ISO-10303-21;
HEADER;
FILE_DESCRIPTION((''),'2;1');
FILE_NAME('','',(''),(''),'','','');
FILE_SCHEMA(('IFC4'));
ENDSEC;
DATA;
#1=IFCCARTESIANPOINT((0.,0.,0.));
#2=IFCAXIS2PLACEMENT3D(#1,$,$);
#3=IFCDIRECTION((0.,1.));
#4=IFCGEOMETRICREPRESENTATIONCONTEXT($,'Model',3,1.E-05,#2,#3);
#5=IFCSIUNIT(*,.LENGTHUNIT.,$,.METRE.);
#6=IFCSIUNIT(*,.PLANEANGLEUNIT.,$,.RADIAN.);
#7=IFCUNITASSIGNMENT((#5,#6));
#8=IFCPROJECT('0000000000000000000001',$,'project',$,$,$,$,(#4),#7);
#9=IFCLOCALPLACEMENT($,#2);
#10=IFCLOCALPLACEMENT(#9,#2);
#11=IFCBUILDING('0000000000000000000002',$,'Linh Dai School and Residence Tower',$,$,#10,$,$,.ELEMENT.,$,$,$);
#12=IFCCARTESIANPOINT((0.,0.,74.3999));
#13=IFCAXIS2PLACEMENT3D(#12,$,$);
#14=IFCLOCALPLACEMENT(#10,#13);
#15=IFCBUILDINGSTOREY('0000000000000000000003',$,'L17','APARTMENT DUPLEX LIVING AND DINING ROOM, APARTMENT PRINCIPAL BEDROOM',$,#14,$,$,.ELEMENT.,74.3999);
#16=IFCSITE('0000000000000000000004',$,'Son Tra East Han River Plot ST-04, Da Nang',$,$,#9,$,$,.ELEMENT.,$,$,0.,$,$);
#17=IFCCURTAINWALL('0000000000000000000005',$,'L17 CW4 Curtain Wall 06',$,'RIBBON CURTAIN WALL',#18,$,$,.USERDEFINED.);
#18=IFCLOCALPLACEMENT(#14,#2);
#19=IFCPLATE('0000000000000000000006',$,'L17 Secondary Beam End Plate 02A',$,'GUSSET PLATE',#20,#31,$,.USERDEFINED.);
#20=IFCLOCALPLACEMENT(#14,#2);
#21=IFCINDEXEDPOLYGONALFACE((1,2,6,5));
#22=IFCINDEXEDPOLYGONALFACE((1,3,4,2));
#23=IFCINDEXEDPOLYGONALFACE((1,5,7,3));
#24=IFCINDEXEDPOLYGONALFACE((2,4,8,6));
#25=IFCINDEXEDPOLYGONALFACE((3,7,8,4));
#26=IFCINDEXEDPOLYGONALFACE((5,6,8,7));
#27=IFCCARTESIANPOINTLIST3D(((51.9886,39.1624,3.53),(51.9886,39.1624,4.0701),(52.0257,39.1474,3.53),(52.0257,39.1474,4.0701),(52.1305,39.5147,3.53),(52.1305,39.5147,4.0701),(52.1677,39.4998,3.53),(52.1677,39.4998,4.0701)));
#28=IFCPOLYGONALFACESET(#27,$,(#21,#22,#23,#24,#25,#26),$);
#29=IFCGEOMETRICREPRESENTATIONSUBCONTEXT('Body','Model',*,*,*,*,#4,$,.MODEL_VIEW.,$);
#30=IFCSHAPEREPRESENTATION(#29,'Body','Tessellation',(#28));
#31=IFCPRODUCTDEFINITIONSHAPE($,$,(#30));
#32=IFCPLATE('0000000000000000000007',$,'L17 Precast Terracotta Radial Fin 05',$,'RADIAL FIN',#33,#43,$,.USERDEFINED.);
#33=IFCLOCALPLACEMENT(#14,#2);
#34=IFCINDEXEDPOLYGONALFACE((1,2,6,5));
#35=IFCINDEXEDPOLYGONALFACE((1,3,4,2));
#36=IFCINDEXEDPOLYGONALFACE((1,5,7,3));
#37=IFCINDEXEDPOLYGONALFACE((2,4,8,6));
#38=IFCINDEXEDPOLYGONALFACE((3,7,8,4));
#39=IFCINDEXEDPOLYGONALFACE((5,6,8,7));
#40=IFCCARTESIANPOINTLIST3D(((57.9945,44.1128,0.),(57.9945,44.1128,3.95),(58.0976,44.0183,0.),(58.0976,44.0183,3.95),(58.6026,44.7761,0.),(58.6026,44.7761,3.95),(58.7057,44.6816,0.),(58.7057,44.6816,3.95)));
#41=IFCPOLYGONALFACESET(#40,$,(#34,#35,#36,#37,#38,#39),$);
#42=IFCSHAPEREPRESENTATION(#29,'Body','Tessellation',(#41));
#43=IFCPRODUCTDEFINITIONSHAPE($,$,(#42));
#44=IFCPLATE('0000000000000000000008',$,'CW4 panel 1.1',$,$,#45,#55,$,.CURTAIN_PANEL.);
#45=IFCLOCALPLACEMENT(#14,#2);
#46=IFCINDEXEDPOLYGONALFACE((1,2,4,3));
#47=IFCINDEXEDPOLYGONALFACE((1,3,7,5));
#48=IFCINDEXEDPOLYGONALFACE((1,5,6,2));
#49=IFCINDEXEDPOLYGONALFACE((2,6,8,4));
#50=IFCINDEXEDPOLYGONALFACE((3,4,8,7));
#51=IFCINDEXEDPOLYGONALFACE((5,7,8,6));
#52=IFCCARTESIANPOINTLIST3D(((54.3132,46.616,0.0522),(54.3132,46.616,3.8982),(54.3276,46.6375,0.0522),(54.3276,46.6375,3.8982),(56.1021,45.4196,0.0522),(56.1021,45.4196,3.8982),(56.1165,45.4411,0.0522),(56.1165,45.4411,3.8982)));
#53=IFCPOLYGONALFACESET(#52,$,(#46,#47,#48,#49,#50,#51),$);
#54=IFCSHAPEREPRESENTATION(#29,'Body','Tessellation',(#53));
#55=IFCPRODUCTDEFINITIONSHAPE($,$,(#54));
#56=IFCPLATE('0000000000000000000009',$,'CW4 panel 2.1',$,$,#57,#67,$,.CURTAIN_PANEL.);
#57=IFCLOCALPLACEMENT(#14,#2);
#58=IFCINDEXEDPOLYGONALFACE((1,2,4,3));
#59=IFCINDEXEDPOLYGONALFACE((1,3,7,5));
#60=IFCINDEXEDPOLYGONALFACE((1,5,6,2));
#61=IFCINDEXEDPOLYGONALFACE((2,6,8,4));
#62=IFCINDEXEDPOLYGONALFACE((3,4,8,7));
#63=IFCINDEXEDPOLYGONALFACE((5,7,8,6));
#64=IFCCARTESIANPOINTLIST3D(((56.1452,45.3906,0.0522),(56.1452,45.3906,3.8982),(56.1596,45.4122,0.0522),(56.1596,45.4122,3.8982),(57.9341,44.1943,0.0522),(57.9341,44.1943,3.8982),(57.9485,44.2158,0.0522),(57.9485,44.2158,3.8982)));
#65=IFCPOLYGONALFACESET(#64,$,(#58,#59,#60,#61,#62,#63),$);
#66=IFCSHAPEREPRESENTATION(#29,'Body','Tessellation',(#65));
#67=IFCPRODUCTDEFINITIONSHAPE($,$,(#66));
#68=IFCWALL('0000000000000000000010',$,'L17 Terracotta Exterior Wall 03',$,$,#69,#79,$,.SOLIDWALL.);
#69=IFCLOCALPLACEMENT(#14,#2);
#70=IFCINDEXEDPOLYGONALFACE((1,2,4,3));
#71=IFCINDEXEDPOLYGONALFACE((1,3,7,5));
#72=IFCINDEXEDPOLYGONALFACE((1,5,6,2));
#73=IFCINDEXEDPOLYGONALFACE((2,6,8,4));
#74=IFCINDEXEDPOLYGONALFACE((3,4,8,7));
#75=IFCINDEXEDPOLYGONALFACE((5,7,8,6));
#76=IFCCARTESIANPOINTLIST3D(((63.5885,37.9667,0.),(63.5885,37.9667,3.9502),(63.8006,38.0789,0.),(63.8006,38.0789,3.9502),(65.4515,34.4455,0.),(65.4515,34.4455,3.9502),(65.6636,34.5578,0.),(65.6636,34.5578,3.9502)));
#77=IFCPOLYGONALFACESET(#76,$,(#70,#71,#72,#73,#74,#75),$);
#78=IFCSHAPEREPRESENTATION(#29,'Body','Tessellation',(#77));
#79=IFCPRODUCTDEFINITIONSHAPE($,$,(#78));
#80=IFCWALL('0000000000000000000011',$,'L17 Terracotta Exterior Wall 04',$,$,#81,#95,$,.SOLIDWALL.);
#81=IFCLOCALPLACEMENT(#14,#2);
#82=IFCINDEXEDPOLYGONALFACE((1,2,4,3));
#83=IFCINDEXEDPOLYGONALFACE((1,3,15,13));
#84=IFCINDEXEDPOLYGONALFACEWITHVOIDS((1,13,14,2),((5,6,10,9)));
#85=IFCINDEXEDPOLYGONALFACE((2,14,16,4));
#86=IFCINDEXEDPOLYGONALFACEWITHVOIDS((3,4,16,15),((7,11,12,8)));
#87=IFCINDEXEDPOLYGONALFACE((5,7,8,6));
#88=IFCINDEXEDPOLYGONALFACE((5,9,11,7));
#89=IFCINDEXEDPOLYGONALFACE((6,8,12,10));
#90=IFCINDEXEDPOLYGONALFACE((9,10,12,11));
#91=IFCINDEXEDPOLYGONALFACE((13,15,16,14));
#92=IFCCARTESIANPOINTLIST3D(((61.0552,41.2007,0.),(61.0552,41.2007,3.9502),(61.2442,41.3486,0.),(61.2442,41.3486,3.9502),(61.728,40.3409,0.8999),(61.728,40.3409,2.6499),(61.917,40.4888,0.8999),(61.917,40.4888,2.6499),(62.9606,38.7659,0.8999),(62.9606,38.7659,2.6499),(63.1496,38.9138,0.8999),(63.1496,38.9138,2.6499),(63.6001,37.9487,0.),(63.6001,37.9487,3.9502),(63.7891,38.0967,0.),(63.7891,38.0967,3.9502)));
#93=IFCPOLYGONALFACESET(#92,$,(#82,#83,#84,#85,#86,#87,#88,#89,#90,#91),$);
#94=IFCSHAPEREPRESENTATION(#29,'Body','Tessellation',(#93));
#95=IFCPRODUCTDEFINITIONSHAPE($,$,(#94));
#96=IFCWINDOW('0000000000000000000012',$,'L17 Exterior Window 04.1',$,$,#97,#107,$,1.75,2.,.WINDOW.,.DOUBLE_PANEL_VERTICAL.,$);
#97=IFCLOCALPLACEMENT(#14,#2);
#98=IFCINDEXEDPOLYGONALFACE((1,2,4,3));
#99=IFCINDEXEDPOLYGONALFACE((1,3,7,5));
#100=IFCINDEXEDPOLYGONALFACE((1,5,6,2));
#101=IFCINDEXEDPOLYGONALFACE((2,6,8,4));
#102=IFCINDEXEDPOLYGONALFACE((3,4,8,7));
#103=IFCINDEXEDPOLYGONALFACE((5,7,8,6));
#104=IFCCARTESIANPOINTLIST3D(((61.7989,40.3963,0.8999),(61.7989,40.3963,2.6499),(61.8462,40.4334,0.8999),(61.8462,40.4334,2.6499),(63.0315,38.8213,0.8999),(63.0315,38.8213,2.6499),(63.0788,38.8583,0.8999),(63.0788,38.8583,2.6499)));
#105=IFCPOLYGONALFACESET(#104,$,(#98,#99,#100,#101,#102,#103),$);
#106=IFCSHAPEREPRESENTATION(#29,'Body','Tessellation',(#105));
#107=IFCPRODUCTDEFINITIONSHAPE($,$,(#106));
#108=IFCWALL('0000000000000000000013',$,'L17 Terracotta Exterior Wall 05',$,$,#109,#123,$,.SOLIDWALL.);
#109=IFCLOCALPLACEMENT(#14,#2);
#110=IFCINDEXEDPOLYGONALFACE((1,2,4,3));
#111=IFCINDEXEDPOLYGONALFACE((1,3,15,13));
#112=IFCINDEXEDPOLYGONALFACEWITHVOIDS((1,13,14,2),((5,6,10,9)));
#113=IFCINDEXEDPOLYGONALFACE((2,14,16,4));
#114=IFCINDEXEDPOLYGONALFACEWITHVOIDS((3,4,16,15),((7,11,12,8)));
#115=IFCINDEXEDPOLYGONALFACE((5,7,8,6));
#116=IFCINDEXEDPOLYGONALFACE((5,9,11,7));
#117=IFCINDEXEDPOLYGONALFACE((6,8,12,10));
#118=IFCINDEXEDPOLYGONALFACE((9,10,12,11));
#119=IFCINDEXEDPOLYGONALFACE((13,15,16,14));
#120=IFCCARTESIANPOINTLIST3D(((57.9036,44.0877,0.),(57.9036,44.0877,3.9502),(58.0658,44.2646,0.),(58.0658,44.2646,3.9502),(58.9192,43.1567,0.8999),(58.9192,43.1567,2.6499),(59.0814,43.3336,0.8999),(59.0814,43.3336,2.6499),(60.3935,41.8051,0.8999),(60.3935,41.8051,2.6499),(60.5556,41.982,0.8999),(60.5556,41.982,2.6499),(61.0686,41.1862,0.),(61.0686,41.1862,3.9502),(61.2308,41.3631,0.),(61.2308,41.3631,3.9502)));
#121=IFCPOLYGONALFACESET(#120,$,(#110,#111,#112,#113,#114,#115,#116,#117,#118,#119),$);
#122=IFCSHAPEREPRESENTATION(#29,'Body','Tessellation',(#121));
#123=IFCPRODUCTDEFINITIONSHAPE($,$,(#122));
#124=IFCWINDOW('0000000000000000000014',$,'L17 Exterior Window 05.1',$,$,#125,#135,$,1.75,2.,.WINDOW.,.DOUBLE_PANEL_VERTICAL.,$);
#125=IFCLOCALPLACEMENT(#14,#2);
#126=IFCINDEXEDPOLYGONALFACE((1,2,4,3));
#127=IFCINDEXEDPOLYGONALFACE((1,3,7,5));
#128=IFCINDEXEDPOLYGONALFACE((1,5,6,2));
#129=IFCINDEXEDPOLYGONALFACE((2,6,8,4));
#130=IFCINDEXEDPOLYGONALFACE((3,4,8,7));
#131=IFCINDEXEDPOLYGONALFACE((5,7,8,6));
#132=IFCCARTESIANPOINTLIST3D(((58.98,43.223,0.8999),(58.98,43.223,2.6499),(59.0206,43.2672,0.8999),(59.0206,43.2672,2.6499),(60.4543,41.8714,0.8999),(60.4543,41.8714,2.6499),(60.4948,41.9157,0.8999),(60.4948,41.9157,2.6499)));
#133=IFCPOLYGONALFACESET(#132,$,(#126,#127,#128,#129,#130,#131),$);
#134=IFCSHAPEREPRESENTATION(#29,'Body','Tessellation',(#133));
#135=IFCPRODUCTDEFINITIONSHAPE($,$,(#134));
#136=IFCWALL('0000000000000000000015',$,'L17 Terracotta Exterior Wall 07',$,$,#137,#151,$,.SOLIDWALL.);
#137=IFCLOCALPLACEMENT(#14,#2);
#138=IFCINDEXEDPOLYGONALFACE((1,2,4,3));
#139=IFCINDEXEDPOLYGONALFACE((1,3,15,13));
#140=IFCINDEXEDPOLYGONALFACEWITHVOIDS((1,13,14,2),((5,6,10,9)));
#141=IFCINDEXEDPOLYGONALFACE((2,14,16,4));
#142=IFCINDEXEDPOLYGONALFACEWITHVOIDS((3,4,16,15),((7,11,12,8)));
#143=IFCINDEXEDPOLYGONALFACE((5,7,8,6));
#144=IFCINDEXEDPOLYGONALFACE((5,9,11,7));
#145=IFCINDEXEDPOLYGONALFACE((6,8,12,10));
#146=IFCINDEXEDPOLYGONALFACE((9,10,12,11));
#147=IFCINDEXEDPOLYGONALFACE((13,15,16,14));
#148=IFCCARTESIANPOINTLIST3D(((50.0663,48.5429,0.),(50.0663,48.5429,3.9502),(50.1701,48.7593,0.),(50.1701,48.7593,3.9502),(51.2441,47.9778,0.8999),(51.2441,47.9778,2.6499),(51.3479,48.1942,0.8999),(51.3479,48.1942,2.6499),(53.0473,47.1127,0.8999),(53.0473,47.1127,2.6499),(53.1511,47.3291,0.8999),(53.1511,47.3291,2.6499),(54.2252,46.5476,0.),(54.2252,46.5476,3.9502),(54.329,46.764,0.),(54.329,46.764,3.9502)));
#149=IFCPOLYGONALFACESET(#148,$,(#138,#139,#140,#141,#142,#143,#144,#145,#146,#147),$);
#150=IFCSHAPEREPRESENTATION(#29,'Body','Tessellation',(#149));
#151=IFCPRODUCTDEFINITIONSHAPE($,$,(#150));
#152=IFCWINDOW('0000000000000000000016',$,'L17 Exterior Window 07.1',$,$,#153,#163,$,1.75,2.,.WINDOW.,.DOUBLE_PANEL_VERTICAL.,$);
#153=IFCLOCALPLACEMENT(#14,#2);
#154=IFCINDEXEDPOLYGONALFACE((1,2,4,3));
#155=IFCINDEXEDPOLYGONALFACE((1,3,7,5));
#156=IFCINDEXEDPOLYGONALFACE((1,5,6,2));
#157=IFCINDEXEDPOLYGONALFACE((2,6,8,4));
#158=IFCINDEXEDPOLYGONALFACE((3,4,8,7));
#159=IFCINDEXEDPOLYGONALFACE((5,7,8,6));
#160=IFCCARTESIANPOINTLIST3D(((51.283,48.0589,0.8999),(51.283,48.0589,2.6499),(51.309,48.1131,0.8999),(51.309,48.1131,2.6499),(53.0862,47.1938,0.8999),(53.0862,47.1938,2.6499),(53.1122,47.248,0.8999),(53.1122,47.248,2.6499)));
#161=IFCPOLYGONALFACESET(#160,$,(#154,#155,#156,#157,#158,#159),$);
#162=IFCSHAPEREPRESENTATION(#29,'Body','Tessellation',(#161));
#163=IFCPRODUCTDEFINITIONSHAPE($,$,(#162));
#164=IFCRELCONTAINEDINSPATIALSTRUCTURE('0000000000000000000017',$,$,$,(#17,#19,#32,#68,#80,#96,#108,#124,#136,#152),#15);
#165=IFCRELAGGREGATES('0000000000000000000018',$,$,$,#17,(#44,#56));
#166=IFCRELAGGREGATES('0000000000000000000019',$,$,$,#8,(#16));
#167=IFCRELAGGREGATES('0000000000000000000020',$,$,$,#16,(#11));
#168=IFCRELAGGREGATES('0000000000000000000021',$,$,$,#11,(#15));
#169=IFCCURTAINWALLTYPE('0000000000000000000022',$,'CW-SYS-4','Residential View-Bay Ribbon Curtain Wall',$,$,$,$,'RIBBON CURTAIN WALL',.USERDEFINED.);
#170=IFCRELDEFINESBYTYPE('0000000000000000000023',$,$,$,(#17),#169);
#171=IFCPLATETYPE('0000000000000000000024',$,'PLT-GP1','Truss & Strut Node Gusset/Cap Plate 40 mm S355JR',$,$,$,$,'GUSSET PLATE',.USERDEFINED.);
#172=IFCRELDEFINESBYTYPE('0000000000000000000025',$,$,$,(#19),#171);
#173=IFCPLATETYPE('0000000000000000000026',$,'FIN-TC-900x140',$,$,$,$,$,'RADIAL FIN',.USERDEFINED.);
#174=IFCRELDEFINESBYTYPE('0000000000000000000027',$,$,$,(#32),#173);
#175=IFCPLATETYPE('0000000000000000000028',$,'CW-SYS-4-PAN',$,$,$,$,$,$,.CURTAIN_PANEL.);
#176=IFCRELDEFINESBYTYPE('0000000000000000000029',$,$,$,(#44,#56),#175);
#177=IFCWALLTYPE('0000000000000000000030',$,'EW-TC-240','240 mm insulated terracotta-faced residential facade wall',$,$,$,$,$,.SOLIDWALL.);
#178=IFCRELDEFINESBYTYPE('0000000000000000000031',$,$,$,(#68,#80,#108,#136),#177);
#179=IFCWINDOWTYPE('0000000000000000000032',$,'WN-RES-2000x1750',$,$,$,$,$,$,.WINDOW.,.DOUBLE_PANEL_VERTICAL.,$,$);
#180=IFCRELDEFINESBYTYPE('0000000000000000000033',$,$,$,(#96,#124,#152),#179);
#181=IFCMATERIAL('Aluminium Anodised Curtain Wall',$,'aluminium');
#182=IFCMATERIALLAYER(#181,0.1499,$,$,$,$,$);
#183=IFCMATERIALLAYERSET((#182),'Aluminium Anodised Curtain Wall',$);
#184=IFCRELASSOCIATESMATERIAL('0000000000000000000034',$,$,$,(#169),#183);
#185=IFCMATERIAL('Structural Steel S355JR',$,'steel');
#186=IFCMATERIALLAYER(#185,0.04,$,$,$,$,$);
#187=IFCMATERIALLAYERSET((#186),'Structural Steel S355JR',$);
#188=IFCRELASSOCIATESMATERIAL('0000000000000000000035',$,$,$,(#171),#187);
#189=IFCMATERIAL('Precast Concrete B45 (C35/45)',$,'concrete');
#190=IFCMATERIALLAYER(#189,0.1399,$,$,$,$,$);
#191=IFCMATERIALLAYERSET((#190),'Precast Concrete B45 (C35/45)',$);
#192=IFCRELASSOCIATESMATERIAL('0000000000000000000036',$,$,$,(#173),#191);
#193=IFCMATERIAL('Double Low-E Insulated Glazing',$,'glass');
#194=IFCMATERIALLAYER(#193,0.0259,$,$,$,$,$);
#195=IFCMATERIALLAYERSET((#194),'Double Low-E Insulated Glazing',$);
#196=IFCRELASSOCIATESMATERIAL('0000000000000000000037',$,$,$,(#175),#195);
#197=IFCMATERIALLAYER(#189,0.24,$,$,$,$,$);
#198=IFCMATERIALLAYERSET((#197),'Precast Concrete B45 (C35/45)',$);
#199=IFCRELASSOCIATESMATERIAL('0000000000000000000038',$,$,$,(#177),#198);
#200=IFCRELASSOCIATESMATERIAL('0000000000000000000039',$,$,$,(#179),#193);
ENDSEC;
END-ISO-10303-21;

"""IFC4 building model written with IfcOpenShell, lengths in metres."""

from ifc_helpers import new_model, si_unit, direction, frame, frame_2d, origin, origin_2d, place, context, subcontext, project, spatial, rectangle, extrude, source, transform, mapped, material, layer, layer_set, type_object, element, fill, aggregate, save


model = new_model("IFC4")

# Units and contexts
model_context = context("Model", 3, precision=1e-05, world=origin(), true_north=direction((0.0, 1.0)))
body_context = subcontext(model_context, "Body", "Model", "MODEL_VIEW")
ifc_project = project(units=[si_unit("LENGTHUNIT", "METRE"), si_unit("PLANEANGLEUNIT", "RADIAN")], contexts=[model_context])

# Site, building, storey
site_placement = place(None, origin())
site = spatial("IfcSite", under=ifc_project, at=site_placement, Name="Son Tra East Han River Plot ST-04, Da Nang", CompositionType="ELEMENT", RefElevation=0.0)
building_placement = place(site_placement, origin())
building = spatial("IfcBuilding", under=site, at=building_placement, Name="Linh Dai School and Residence Tower", CompositionType="ELEMENT")
storey_placement = place(building_placement, frame((0.0, 0.0, 74.3999)))
storey = spatial("IfcBuildingStorey", under=building, at=storey_placement, Name="L17", Description="APARTMENT DUPLEX LIVING AND DINING ROOM, APARTMENT PRINCIPAL BEDROOM", CompositionType="ELEMENT", Elevation=74.3999)

# Shared definitions
ifc_material_1 = material(Name="Structural Steel S355JR", Category="steel")

# Curtain wall
ifc_material_2 = material(Name="Aluminium Anodised Curtain Wall", Category="aluminium")
ifc_layer_1 = layer(ifc_material_2, 0.1499)
ifc_layer_set_1 = layer_set([ifc_layer_1], Name="Aluminium Anodised Curtain Wall")
curtain_wall_type = type_object("IfcCurtainWallType", Name="CW-SYS-4", Description="Residential View-Bay Ribbon Curtain Wall", ElementType="RIBBON CURTAIN WALL", PredefinedType="USERDEFINED", material=ifc_layer_set_1)
curtain_wall_placement = place(storey_placement, origin())
curtain_wall = element("IfcCurtainWall", 1, at=curtain_wall_placement, inside=storey, type_object=curtain_wall_type, Name="L17 CW4 Curtain Wall 06", ObjectType="RIBBON CURTAIN WALL", PredefinedType="USERDEFINED")

# Plates
ifc_layer_2 = layer(ifc_material_1, 0.04)
ifc_layer_set_2 = layer_set([ifc_layer_2], Name="Structural Steel S355JR")
plate_type_1 = type_object("IfcPlateType", Name="PLT-GP1", Description="Truss & Strut Node Gusset/Cap Plate 40 mm S355JR", ElementType="GUSSET PLATE", PredefinedType="USERDEFINED", material=ifc_layer_set_2)
shared_shape_1 = source(origin(), body_context, "Body", "SweptSolid", [
    extrude(rectangle(XDim=0.04, YDim=0.3799, at=origin_2d()), origin(), (0.0, 0.0, 1.0), 0.54),
])
plate_1_placement = place(storey_placement, frame((52.0781, 39.3311, 3.53), z_axis=(0.0, 0.0, 1.0), x_axis=(-0.927536, 0.373733, 0.0)))
element("IfcPlate", 2, at=plate_1_placement, inside=storey, type_object=plate_type_1, Name="L17 Secondary Beam End Plate 02A", ObjectType="GUSSET PLATE", PredefinedType="USERDEFINED", context=body_context, shape_type="MappedRepresentation", body=[
    mapped(shared_shape_1, transform((0.0, 0.0, 0.0), x_axis=(1.0, 0.0, 0.0), y_axis=(0.0, 1.0, 0.0), z_axis=(0.0, 0.0, 1.0), scale=1.0)),
])
ifc_material_3 = material(Name="Precast Concrete B45 (C35/45)", Category="concrete")
ifc_layer_3 = layer(ifc_material_3, 0.1399)
ifc_layer_set_3 = layer_set([ifc_layer_3], Name="Precast Concrete B45 (C35/45)")
plate_type_2 = type_object("IfcPlateType", Name="FIN-TC-900x140", ElementType="RADIAL FIN", PredefinedType="USERDEFINED", material=ifc_layer_set_3)
shared_shape_2 = source(origin(), body_context, "Body", "SweptSolid", [
    extrude(rectangle(XDim=0.8999, YDim=0.1399, at=origin_2d()), origin(), (0.0, 0.0, 1.0), 3.95),
])
plate_2_placement = place(storey_placement, frame((58.3501, 44.3972, 0.0), z_axis=(0.0, 0.0, 1.0), x_axis=(0.675769, 0.737113, 0.0)))
element("IfcPlate", 3, at=plate_2_placement, inside=storey, type_object=plate_type_2, Name="L17 Precast Terracotta Radial Fin 05", ObjectType="RADIAL FIN", PredefinedType="USERDEFINED", context=body_context, shape_type="MappedRepresentation", body=[
    mapped(shared_shape_2, transform((0.0, 0.0, 0.0), x_axis=(1.0, 0.0, 0.0), y_axis=(0.0, 1.0, 0.0), z_axis=(0.0, 0.0, 1.0), scale=1.0)),
])

# Plates
ifc_material_4 = material(Name="Double Low-E Insulated Glazing", Category="glass")
ifc_layer_4 = layer(ifc_material_4, 0.0259)
ifc_layer_set_4 = layer_set([ifc_layer_4], Name="Double Low-E Insulated Glazing")
plate_type_3 = type_object("IfcPlateType", Name="CW-SYS-4-PAN", PredefinedType="CURTAIN_PANEL", material=ifc_layer_set_4)
shared_shape_3 = source(origin(), body_context, "Body", "SweptSolid", [
    extrude(rectangle(XDim=2.1521, YDim=0.0259, at=origin_2d()), origin(), (0.0, 0.0, 1.0), 3.8459),
])
plate_3_placement = place(storey_placement, frame((55.2148, 46.0286, 0.0522), z_axis=(0.0, 0.0, 1.0), x_axis=(0.831251, -0.555898, 0.0)))
plate_3 = element("IfcPlate", 4, at=plate_3_placement, type_object=plate_type_3, Name="CW4 panel 1.1", PredefinedType="CURTAIN_PANEL", context=body_context, shape_type="MappedRepresentation", body=[
    mapped(shared_shape_3, transform((0.0, 0.0, 0.0), x_axis=(1.0, 0.0, 0.0), y_axis=(0.0, 1.0, 0.0), z_axis=(0.0, 0.0, 1.0), scale=1.0)),
])
plate_4_placement = place(storey_placement, frame((57.0469, 44.8032, 0.0522), z_axis=(0.0, 0.0, 1.0), x_axis=(0.831251, -0.555898, 0.0)))
plate_4 = element("IfcPlate", 5, at=plate_4_placement, type_object=plate_type_3, Name="CW4 panel 2.1", PredefinedType="CURTAIN_PANEL", context=body_context, shape_type="MappedRepresentation", body=[
    mapped(shared_shape_3, transform((0.0, 0.0, 0.0), x_axis=(1.0, 0.0, 0.0), y_axis=(0.0, 1.0, 0.0), z_axis=(0.0, 0.0, 1.0), scale=1.0)),
])
aggregate(curtain_wall, [plate_3, plate_4])

# Wall
ifc_layer_5 = layer(ifc_material_3, 0.24)
ifc_layer_set_5 = layer_set([ifc_layer_5], Name="Precast Concrete B45 (C35/45)")
wall_type_1 = type_object("IfcWallType", Name="EW-TC-240", Description="240 mm insulated terracotta-faced residential facade wall", PredefinedType="SOLIDWALL", material=ifc_layer_set_5)
wall_1_placement = place(storey_placement, frame((63.6946, 38.0227, 0.0), z_axis=(0.0, 0.0, 1.0), x_axis=(0.467662, -0.883907, 0.0)))
element("IfcWall", 6, at=wall_1_placement, inside=storey, type_object=wall_type_1, Name="L17 Terracotta Exterior Wall 03", PredefinedType="SOLIDWALL", context=body_context, shape_type="SweptSolid", body=[
    extrude(rectangle(XDim=3.9836, YDim=0.24, at=frame_2d((1.9917, 0.0))), origin(), (0.0, 0.0, 1.0), 3.9502),
])

# Walls, openings, windows
wall_2_placement = place(storey_placement, frame((61.1497, 41.2747, 0.0), z_axis=(0.0, 0.0, 1.0), x_axis=(0.616296, -0.787515, 0.0)))
wall_2 = element("IfcWall", 7, at=wall_2_placement, inside=storey, type_object=wall_type_1, Name="L17 Terracotta Exterior Wall 04", PredefinedType="SOLIDWALL", context=body_context, shape_type="SweptSolid", body=[
    extrude(rectangle(XDim=4.1294, YDim=0.24, at=frame_2d((2.0647, 0.0))), origin(), (0.0, 0.0, 1.0), 3.9502),
])
opening_1_placement = place(wall_2_placement, frame((1.0918, 0.0, 0.8999)))
opening_1 = element("IfcOpeningElement", 8, at=opening_1_placement, cuts=wall_2, PredefinedType="OPENING", context=body_context, shape_type="SweptSolid", body=[
    extrude(rectangle(XDim=2.0, YDim=1.75, at=origin_2d()), frame((1.0, 0.1299, 0.875), z_axis=(0.0, -1.0, 0.0), x_axis=(1.0, 0.0, 0.0)), (0.0, 0.0, 1.0), 0.26),
])
window_type = type_object("IfcWindowType", Name="WN-RES-2000x1750", PartitioningType="DOUBLE_PANEL_VERTICAL", PredefinedType="WINDOW", material=ifc_material_4)
shared_shape_4 = source(origin(), body_context, "Body", "SweptSolid", [
    extrude(rectangle(XDim=2.0, YDim=1.75, at=origin_2d()), frame((1.0, 0.03, 0.875), z_axis=(0.0, -1.0, 0.0), x_axis=(1.0, 0.0, 0.0)), (0.0, 0.0, 1.0), 0.0601),
])
window_1_placement = place(opening_1_placement, origin())
window_1 = element("IfcWindow", 9, at=window_1_placement, inside=storey, type_object=window_type, Name="L17 Exterior Window 04.1", OverallHeight=1.75, OverallWidth=2.0, PartitioningType="DOUBLE_PANEL_VERTICAL", PredefinedType="WINDOW", context=body_context, shape_type="MappedRepresentation", body=[
    mapped(shared_shape_4, transform((0.0, 0.0, 0.0), x_axis=(1.0, 0.0, 0.0), y_axis=(0.0, 1.0, 0.0), z_axis=(0.0, 0.0, 1.0), scale=1.0)),
])
fill(opening_1, window_1)
wall_3_placement = place(storey_placement, frame((57.9846, 44.1763, 0.0), z_axis=(0.0, 0.0, 1.0), x_axis=(0.737116, -0.675766, 0.0)))
wall_3 = element("IfcWall", 10, at=wall_3_placement, inside=storey, type_object=wall_type_1, Name="L17 Terracotta Exterior Wall 05", PredefinedType="SOLIDWALL", context=body_context, shape_type="SweptSolid", body=[
    extrude(rectangle(XDim=4.2937, YDim=0.24, at=frame_2d((2.147, 0.0))), origin(), (0.0, 0.0, 1.0), 3.9502),
])
opening_2_placement = place(wall_3_placement, frame((1.3779, 0.0, 0.8999)))
opening_2 = element("IfcOpeningElement", 11, at=opening_2_placement, cuts=wall_3, PredefinedType="OPENING", context=body_context, shape_type="SweptSolid", body=[
    extrude(rectangle(XDim=2.0, YDim=1.75, at=origin_2d()), frame((1.0, 0.1299, 0.875), z_axis=(0.0, -1.0, 0.0), x_axis=(1.0, 0.0, 0.0)), (0.0, 0.0, 1.0), 0.26),
])
window_2_placement = place(opening_2_placement, origin())
window_2 = element("IfcWindow", 12, at=window_2_placement, inside=storey, type_object=window_type, Name="L17 Exterior Window 05.1", OverallHeight=1.75, OverallWidth=2.0, PartitioningType="DOUBLE_PANEL_VERTICAL", PredefinedType="WINDOW", context=body_context, shape_type="MappedRepresentation", body=[
    mapped(shared_shape_4, transform((0.0, 0.0, 0.0), x_axis=(1.0, 0.0, 0.0), y_axis=(0.0, 1.0, 0.0), z_axis=(0.0, 0.0, 1.0), scale=1.0)),
])
fill(opening_2, window_2)
wall_4_placement = place(storey_placement, frame((50.1182, 48.6511, 0.0), z_axis=(0.0, 0.0, 1.0), x_axis=(0.901602, -0.432568, 0.0)))
wall_4 = element("IfcWall", 13, at=wall_4_placement, inside=storey, type_object=wall_type_1, Name="L17 Terracotta Exterior Wall 07", PredefinedType="SOLIDWALL", context=body_context, shape_type="SweptSolid", body=[
    extrude(rectangle(XDim=4.6128, YDim=0.24, at=frame_2d((2.3064, 0.0))), origin(), (0.0, 0.0, 1.0), 3.9502),
])
opening_3_placement = place(wall_4_placement, frame((1.3064, 0.0, 0.8999)))
opening_3 = element("IfcOpeningElement", 14, at=opening_3_placement, cuts=wall_4, PredefinedType="OPENING", context=body_context, shape_type="SweptSolid", body=[
    extrude(rectangle(XDim=2.0, YDim=1.75, at=origin_2d()), frame((1.0, 0.1299, 0.875), z_axis=(0.0, -1.0, 0.0), x_axis=(1.0, 0.0, 0.0)), (0.0, 0.0, 1.0), 0.26),
])
window_3_placement = place(opening_3_placement, origin())
window_3 = element("IfcWindow", 15, at=window_3_placement, inside=storey, type_object=window_type, Name="L17 Exterior Window 07.1", OverallHeight=1.75, OverallWidth=2.0, PartitioningType="DOUBLE_PANEL_VERTICAL", PredefinedType="WINDOW", context=body_context, shape_type="MappedRepresentation", body=[
    mapped(shared_shape_4, transform((0.0, 0.0, 0.0), x_axis=(1.0, 0.0, 0.0), y_axis=(0.0, 1.0, 0.0), z_axis=(0.0, 0.0, 1.0), scale=1.0)),
])
fill(opening_3, window_3)

save(model, "model.ifc")
